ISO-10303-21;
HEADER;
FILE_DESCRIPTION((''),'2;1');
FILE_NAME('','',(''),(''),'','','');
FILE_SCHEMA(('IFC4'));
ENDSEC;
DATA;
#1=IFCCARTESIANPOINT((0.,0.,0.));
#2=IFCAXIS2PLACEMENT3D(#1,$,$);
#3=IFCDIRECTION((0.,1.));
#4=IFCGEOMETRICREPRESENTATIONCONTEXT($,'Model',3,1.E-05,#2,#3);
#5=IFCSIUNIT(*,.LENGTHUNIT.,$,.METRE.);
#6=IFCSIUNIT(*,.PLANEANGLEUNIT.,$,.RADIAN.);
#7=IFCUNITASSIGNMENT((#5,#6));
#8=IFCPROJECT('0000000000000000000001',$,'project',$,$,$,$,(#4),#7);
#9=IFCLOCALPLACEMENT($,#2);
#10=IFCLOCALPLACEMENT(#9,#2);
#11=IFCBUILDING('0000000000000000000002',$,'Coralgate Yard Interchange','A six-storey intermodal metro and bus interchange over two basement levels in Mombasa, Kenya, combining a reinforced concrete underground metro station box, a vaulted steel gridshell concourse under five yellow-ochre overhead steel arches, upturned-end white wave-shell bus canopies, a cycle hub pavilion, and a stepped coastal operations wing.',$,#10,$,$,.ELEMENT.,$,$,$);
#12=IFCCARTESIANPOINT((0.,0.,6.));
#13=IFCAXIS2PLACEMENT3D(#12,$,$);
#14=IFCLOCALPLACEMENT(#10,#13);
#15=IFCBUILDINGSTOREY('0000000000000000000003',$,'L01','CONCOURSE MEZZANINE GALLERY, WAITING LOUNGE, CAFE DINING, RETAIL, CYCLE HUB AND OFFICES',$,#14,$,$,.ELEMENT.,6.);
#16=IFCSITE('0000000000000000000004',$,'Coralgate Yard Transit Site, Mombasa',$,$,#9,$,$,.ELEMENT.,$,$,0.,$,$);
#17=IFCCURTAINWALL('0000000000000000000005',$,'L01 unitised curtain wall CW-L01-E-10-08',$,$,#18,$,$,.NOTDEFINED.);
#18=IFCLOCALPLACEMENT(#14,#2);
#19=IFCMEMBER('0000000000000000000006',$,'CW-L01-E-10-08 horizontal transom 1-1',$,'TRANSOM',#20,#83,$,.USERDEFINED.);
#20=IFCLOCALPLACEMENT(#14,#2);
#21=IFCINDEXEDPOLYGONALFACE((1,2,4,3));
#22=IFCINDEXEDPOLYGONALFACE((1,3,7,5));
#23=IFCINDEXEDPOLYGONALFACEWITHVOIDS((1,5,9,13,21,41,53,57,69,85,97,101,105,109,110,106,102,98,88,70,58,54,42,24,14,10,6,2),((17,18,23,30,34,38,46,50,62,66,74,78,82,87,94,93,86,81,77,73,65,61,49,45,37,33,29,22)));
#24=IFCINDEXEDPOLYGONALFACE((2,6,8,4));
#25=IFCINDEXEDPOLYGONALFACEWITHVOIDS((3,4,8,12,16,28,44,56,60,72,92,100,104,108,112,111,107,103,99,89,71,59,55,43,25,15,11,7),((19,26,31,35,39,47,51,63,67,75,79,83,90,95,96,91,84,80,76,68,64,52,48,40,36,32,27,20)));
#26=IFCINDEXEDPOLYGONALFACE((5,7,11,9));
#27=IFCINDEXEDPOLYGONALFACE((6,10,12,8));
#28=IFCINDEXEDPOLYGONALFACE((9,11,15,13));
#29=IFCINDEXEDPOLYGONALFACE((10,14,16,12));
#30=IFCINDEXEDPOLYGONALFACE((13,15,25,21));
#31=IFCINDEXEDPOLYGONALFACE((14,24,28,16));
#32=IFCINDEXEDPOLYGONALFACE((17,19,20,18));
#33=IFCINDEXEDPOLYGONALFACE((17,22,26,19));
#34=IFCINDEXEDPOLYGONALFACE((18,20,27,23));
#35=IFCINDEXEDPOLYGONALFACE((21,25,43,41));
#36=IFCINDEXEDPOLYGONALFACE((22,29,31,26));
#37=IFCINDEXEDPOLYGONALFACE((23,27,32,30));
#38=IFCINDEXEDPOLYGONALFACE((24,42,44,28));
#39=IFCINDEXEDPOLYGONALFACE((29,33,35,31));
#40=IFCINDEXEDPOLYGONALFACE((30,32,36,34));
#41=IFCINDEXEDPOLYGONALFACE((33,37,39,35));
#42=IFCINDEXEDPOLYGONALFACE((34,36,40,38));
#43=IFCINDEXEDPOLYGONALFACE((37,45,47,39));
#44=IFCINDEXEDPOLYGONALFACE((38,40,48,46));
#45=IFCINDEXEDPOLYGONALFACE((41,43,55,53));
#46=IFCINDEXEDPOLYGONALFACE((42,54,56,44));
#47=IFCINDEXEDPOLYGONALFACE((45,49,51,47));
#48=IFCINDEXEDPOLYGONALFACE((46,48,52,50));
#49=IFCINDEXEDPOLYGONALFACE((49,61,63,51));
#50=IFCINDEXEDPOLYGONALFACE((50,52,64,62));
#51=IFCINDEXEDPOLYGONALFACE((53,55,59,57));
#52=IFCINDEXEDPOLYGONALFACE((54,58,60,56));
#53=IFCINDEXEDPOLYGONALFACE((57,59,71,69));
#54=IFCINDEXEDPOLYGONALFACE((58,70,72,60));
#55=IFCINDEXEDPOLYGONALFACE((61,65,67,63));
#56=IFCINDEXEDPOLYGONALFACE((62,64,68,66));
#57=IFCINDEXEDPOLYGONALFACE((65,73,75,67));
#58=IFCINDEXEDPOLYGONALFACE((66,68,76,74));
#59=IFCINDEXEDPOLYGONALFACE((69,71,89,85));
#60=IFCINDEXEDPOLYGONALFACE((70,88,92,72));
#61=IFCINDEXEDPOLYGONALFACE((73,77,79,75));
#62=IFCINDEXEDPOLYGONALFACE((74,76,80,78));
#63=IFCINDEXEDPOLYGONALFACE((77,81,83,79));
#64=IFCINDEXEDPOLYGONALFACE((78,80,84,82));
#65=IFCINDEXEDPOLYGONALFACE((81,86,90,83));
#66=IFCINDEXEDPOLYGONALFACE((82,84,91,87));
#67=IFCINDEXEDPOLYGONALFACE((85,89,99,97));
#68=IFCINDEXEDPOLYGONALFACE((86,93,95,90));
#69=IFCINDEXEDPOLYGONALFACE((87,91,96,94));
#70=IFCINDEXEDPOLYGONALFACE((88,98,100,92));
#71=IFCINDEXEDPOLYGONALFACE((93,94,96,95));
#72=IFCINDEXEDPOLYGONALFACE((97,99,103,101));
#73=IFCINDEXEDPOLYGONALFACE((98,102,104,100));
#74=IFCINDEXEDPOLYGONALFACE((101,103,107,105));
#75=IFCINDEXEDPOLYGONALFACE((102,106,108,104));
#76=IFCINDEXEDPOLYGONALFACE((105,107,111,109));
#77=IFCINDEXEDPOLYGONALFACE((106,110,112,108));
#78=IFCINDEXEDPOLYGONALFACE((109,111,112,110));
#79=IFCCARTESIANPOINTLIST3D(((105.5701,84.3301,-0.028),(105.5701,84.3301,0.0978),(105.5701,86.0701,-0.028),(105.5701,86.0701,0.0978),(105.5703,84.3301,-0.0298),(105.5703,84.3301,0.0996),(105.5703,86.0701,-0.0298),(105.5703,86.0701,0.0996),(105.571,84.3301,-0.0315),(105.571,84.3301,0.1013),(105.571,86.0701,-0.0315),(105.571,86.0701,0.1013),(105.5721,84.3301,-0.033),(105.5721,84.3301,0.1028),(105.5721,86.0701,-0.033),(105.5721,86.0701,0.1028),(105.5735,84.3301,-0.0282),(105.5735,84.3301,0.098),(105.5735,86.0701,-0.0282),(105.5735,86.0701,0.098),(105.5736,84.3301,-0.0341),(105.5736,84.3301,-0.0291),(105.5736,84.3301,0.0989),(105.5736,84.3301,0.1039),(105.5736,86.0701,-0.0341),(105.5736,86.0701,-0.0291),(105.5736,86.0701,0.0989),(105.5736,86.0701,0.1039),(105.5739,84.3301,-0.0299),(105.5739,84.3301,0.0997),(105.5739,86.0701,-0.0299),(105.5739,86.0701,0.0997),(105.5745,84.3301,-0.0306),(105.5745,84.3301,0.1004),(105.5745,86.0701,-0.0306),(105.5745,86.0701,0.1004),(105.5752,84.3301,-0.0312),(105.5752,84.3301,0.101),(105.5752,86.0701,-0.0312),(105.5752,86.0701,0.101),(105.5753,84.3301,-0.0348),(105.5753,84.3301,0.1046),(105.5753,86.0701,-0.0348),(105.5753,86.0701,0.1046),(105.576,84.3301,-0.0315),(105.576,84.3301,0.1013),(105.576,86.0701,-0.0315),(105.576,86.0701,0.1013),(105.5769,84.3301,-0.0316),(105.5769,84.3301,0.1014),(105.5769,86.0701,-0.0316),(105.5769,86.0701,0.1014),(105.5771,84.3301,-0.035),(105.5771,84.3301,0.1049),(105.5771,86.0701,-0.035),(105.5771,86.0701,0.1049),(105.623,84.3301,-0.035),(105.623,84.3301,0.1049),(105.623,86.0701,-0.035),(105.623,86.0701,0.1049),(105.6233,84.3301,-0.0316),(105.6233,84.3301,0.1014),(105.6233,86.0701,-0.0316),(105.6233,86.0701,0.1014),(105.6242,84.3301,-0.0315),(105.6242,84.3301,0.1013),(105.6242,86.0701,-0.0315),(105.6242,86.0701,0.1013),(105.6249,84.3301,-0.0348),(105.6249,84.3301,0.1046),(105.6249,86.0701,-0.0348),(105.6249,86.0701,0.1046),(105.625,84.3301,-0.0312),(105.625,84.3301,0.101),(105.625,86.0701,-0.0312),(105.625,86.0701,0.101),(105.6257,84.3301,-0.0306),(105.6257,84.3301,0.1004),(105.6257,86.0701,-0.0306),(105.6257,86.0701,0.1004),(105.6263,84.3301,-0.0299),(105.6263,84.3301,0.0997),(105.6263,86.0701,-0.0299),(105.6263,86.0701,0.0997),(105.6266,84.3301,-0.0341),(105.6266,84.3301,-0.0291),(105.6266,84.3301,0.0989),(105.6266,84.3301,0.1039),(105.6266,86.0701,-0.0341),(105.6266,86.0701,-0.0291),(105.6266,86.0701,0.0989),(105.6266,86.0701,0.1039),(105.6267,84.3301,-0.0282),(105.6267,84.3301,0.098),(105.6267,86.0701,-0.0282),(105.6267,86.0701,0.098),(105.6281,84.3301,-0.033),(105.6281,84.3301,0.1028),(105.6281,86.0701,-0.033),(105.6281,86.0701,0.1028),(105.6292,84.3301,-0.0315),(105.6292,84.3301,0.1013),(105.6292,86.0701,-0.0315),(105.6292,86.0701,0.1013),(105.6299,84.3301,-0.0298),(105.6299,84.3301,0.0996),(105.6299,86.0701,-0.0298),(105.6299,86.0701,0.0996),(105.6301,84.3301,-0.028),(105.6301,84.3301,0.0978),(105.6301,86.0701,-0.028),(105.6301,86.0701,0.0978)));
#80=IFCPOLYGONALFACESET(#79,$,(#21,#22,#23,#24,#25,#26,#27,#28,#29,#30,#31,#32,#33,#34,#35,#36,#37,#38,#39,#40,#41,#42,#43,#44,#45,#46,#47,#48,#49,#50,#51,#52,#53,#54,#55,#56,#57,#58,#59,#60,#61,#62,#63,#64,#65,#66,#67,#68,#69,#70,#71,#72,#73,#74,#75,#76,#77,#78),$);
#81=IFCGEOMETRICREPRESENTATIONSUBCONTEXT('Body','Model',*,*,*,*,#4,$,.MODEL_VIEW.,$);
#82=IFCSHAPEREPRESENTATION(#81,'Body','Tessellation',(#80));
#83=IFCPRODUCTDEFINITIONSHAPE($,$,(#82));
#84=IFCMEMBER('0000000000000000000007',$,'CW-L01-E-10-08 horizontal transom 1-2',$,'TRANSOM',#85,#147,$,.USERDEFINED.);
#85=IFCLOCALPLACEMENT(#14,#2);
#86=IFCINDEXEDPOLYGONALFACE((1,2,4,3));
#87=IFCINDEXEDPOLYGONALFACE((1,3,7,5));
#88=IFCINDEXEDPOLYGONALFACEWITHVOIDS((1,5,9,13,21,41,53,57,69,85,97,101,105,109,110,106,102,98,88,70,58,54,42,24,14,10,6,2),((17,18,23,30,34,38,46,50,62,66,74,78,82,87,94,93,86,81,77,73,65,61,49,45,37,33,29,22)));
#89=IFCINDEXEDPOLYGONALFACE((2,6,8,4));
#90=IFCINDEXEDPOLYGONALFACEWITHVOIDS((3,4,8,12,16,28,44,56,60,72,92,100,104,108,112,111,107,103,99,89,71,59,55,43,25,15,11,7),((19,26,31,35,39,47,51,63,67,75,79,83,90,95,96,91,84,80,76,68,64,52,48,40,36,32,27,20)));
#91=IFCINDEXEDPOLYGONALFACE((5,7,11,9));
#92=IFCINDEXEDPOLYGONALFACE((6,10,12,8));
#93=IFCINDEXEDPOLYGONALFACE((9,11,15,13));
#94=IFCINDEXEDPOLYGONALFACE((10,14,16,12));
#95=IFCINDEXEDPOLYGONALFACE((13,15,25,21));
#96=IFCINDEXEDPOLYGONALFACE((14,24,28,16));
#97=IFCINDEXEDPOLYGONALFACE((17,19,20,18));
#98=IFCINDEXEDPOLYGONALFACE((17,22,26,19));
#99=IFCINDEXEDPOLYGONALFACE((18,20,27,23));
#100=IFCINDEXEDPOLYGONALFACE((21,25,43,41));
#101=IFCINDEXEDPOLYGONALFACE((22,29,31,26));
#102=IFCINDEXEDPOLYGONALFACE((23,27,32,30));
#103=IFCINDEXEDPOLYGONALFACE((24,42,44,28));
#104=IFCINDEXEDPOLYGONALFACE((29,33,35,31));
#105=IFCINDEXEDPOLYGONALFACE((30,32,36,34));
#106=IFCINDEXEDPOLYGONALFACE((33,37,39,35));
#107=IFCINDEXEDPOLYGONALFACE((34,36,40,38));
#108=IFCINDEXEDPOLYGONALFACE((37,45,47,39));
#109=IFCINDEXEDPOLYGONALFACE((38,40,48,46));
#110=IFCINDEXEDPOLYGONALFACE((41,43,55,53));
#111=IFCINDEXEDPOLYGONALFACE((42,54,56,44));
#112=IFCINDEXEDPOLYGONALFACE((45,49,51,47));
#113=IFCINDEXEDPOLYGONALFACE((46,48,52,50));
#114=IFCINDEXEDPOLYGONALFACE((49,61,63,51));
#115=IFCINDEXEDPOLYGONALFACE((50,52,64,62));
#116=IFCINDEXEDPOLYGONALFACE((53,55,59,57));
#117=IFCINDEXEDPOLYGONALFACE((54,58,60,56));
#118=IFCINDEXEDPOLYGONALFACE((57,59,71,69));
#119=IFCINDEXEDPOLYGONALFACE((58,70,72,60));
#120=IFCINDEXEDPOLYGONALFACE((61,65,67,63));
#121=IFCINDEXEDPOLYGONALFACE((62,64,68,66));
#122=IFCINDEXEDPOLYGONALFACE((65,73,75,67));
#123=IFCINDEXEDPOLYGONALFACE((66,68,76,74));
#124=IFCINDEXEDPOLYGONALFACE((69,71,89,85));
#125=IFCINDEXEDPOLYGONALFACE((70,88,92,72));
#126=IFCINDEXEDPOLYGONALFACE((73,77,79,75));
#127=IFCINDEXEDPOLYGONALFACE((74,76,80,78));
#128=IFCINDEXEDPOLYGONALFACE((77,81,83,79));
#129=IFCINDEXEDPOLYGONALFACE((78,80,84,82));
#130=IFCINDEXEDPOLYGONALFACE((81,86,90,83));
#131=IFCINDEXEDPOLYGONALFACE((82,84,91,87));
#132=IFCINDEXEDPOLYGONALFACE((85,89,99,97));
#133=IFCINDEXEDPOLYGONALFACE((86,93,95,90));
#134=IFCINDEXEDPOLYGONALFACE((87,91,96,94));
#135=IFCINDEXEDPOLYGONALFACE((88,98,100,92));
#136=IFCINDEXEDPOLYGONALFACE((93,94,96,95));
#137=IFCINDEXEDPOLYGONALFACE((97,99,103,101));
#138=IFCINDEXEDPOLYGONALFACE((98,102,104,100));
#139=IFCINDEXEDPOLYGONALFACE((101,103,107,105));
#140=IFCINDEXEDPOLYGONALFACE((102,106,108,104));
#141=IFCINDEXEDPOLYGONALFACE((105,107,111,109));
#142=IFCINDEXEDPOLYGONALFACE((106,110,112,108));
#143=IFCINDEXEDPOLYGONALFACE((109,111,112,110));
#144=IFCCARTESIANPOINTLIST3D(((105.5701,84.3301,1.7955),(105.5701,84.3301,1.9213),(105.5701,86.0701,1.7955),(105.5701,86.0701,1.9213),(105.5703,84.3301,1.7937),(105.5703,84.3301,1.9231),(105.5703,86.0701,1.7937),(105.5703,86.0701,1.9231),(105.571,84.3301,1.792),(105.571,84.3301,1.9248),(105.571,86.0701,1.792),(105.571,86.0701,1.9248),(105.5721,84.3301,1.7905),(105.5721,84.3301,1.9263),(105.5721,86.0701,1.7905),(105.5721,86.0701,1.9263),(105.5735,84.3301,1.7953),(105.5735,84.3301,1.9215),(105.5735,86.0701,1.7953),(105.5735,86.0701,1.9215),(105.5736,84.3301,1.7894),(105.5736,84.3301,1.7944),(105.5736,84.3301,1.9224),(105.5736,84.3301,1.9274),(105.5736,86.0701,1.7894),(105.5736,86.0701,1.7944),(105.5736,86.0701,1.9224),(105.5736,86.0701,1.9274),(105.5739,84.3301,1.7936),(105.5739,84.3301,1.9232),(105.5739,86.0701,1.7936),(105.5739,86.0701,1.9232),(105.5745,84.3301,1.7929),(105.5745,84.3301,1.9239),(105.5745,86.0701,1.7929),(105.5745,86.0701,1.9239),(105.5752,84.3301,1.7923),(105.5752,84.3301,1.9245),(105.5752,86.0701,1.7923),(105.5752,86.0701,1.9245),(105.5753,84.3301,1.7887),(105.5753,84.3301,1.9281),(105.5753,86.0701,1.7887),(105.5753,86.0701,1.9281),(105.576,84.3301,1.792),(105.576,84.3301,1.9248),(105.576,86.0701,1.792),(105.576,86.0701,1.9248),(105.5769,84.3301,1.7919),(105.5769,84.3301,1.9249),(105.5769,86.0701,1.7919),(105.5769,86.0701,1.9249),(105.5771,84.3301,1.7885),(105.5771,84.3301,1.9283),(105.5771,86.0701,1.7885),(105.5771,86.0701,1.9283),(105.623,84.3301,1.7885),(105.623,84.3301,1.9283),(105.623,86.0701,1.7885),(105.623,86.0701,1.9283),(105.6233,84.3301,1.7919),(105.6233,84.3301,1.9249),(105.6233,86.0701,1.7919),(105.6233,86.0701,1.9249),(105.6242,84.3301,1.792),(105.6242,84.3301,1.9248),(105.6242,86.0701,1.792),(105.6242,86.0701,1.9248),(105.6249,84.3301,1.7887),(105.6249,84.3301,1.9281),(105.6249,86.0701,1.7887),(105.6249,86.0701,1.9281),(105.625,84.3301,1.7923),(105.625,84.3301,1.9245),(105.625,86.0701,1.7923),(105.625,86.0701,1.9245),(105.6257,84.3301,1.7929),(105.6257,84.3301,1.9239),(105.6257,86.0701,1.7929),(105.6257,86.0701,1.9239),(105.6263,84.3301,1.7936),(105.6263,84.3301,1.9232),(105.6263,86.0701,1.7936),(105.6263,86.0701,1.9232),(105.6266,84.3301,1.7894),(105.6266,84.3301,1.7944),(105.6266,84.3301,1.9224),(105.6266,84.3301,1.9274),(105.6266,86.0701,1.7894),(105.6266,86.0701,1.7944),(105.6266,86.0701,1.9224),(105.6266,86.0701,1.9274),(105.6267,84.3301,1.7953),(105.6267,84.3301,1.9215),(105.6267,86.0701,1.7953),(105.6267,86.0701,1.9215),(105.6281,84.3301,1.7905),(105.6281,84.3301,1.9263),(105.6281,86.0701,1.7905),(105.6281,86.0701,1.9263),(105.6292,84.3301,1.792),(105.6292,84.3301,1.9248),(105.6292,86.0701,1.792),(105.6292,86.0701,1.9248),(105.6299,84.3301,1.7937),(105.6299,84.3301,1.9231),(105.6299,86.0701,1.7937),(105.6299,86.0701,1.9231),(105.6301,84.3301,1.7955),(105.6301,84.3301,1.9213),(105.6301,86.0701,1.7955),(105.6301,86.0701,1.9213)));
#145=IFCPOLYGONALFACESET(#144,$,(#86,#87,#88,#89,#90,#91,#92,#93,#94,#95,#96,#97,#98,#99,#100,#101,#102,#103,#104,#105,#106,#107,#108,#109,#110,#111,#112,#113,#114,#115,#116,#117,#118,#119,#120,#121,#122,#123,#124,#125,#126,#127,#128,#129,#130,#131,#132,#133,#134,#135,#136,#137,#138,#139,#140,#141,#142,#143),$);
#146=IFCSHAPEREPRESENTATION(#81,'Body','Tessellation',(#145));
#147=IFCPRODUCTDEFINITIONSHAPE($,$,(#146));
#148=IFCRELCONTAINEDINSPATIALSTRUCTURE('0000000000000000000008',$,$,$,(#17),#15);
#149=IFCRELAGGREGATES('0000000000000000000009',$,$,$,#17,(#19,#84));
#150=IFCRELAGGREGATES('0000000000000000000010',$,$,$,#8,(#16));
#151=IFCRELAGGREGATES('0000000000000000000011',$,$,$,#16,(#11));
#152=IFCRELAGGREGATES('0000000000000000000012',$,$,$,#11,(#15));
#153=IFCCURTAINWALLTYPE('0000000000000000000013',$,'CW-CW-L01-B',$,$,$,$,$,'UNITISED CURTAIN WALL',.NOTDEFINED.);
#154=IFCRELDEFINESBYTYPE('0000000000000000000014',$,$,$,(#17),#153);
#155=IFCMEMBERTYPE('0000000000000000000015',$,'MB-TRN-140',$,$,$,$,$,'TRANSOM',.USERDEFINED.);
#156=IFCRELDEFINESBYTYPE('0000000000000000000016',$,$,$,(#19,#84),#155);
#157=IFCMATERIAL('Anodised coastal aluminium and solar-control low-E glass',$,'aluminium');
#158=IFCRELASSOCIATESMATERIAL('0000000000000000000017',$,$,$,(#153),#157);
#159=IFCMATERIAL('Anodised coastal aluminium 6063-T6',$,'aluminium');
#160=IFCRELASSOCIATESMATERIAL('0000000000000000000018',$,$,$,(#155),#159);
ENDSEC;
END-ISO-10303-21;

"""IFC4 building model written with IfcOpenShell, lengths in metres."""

from ifc_helpers import new_model, si_unit, direction, frame, origin, origin_2d, place, context, subcontext, project, spatial, hollow_rectangle, extrude, material, material_profile, profile_set, type_object, element, aggregate, save


model = new_model("IFC4")

# Units and contexts
model_context = context("Model", 3, precision=1e-05, world=origin(), true_north=direction((0.0, 1.0)))
body_context = subcontext(model_context, "Body", "Model", "MODEL_VIEW")
ifc_project = project(units=[si_unit("LENGTHUNIT", "METRE"), si_unit("PLANEANGLEUNIT", "RADIAN")], contexts=[model_context])

# Site, building, storey
site_placement = place(None, origin())
site = spatial("IfcSite", under=ifc_project, at=site_placement, Name="Coralgate Yard Transit Site, Mombasa", CompositionType="ELEMENT", RefElevation=0.0)
building_placement = place(site_placement, origin())
building = spatial("IfcBuilding", under=site, at=building_placement, Name="Coralgate Yard Interchange", Description="A six-storey intermodal metro and bus interchange over two basement levels in Mombasa, Kenya, combining a reinforced concrete underground metro station box, a vaulted steel gridshell concourse under five yellow-ochre overhead steel arches, upturned-end white wave-shell bus canopies, a cycle hub pavilion, and a stepped coastal operations wing.", CompositionType="ELEMENT")
storey_placement = place(building_placement, frame((0.0, 0.0, 6.0)))
storey = spatial("IfcBuildingStorey", under=building, at=storey_placement, Name="L01", Description="CONCOURSE MEZZANINE GALLERY, WAITING LOUNGE, CAFE DINING, RETAIL, CYCLE HUB AND OFFICES", CompositionType="ELEMENT", Elevation=6.0)

# Curtain wall, members
ifc_material_1 = material(Name="Anodised coastal aluminium and solar-control low-E glass", Category="aluminium")
curtain_wall_type = type_object("IfcCurtainWallType", Name="CW-CW-L01-B", ElementType="UNITISED CURTAIN WALL", PredefinedType="NOTDEFINED", material=ifc_material_1)
curtain_wall_placement = place(storey_placement, origin())
curtain_wall = element("IfcCurtainWall", 1, at=curtain_wall_placement, inside=storey, type_object=curtain_wall_type, Name="L01 unitised curtain wall CW-L01-E-10-08", PredefinedType="NOTDEFINED")
ifc_material_2 = material(Name="Anodised coastal aluminium 6063-T6", Category="aluminium")
ifc_material_profile_1 = material_profile(ifc_material_2, hollow_rectangle(XDim=0.0601, YDim=0.1399, WallThickness=0.0034, InnerFilletRadius=0.0034, OuterFilletRadius=0.0071, at=origin_2d()), Name="ALU 60x140x3.5")
ifc_profile_set_1 = profile_set([ifc_material_profile_1], Name="Anodised coastal aluminium 6063-T6")
member_type_1 = type_object("IfcMemberType", Name="MB-TRN-140", ElementType="TRANSOM", PredefinedType="USERDEFINED", material=ifc_profile_set_1)
member_1_placement = place(storey_placement, frame((105.6001, 86.0701, 0.0349), z_axis=(0.0, -1.0, 0.0), x_axis=(1.0, 0.0, 0.0)))
member_1 = element("IfcMember", 2, at=member_1_placement, type_object=member_type_1, Name="CW-L01-E-10-08 horizontal transom 1-1", ObjectType="TRANSOM", PredefinedType="USERDEFINED", context=body_context, shape_type="SweptSolid", body=[
    extrude(hollow_rectangle(XDim=0.0601, YDim=0.1399, WallThickness=0.0034, InnerFilletRadius=0.0034, OuterFilletRadius=0.0071, at=origin_2d()), origin(), (0.0, 0.0, 1.0), 1.74),
])
member_2_placement = place(storey_placement, frame((105.6001, 86.0701, 1.8584), z_axis=(0.0, -1.0, 0.0), x_axis=(1.0, 0.0, 0.0)))
member_2 = element("IfcMember", 3, at=member_2_placement, type_object=member_type_1, Name="CW-L01-E-10-08 horizontal transom 1-2", ObjectType="TRANSOM", PredefinedType="USERDEFINED", context=body_context, shape_type="SweptSolid", body=[
    extrude(hollow_rectangle(XDim=0.0601, YDim=0.1399, WallThickness=0.0034, InnerFilletRadius=0.0034, OuterFilletRadius=0.0071, at=origin_2d()), origin(), (0.0, 0.0, 1.0), 1.74),
])
aggregate(curtain_wall, [member_1, member_2])

save(model, "model.ifc")
